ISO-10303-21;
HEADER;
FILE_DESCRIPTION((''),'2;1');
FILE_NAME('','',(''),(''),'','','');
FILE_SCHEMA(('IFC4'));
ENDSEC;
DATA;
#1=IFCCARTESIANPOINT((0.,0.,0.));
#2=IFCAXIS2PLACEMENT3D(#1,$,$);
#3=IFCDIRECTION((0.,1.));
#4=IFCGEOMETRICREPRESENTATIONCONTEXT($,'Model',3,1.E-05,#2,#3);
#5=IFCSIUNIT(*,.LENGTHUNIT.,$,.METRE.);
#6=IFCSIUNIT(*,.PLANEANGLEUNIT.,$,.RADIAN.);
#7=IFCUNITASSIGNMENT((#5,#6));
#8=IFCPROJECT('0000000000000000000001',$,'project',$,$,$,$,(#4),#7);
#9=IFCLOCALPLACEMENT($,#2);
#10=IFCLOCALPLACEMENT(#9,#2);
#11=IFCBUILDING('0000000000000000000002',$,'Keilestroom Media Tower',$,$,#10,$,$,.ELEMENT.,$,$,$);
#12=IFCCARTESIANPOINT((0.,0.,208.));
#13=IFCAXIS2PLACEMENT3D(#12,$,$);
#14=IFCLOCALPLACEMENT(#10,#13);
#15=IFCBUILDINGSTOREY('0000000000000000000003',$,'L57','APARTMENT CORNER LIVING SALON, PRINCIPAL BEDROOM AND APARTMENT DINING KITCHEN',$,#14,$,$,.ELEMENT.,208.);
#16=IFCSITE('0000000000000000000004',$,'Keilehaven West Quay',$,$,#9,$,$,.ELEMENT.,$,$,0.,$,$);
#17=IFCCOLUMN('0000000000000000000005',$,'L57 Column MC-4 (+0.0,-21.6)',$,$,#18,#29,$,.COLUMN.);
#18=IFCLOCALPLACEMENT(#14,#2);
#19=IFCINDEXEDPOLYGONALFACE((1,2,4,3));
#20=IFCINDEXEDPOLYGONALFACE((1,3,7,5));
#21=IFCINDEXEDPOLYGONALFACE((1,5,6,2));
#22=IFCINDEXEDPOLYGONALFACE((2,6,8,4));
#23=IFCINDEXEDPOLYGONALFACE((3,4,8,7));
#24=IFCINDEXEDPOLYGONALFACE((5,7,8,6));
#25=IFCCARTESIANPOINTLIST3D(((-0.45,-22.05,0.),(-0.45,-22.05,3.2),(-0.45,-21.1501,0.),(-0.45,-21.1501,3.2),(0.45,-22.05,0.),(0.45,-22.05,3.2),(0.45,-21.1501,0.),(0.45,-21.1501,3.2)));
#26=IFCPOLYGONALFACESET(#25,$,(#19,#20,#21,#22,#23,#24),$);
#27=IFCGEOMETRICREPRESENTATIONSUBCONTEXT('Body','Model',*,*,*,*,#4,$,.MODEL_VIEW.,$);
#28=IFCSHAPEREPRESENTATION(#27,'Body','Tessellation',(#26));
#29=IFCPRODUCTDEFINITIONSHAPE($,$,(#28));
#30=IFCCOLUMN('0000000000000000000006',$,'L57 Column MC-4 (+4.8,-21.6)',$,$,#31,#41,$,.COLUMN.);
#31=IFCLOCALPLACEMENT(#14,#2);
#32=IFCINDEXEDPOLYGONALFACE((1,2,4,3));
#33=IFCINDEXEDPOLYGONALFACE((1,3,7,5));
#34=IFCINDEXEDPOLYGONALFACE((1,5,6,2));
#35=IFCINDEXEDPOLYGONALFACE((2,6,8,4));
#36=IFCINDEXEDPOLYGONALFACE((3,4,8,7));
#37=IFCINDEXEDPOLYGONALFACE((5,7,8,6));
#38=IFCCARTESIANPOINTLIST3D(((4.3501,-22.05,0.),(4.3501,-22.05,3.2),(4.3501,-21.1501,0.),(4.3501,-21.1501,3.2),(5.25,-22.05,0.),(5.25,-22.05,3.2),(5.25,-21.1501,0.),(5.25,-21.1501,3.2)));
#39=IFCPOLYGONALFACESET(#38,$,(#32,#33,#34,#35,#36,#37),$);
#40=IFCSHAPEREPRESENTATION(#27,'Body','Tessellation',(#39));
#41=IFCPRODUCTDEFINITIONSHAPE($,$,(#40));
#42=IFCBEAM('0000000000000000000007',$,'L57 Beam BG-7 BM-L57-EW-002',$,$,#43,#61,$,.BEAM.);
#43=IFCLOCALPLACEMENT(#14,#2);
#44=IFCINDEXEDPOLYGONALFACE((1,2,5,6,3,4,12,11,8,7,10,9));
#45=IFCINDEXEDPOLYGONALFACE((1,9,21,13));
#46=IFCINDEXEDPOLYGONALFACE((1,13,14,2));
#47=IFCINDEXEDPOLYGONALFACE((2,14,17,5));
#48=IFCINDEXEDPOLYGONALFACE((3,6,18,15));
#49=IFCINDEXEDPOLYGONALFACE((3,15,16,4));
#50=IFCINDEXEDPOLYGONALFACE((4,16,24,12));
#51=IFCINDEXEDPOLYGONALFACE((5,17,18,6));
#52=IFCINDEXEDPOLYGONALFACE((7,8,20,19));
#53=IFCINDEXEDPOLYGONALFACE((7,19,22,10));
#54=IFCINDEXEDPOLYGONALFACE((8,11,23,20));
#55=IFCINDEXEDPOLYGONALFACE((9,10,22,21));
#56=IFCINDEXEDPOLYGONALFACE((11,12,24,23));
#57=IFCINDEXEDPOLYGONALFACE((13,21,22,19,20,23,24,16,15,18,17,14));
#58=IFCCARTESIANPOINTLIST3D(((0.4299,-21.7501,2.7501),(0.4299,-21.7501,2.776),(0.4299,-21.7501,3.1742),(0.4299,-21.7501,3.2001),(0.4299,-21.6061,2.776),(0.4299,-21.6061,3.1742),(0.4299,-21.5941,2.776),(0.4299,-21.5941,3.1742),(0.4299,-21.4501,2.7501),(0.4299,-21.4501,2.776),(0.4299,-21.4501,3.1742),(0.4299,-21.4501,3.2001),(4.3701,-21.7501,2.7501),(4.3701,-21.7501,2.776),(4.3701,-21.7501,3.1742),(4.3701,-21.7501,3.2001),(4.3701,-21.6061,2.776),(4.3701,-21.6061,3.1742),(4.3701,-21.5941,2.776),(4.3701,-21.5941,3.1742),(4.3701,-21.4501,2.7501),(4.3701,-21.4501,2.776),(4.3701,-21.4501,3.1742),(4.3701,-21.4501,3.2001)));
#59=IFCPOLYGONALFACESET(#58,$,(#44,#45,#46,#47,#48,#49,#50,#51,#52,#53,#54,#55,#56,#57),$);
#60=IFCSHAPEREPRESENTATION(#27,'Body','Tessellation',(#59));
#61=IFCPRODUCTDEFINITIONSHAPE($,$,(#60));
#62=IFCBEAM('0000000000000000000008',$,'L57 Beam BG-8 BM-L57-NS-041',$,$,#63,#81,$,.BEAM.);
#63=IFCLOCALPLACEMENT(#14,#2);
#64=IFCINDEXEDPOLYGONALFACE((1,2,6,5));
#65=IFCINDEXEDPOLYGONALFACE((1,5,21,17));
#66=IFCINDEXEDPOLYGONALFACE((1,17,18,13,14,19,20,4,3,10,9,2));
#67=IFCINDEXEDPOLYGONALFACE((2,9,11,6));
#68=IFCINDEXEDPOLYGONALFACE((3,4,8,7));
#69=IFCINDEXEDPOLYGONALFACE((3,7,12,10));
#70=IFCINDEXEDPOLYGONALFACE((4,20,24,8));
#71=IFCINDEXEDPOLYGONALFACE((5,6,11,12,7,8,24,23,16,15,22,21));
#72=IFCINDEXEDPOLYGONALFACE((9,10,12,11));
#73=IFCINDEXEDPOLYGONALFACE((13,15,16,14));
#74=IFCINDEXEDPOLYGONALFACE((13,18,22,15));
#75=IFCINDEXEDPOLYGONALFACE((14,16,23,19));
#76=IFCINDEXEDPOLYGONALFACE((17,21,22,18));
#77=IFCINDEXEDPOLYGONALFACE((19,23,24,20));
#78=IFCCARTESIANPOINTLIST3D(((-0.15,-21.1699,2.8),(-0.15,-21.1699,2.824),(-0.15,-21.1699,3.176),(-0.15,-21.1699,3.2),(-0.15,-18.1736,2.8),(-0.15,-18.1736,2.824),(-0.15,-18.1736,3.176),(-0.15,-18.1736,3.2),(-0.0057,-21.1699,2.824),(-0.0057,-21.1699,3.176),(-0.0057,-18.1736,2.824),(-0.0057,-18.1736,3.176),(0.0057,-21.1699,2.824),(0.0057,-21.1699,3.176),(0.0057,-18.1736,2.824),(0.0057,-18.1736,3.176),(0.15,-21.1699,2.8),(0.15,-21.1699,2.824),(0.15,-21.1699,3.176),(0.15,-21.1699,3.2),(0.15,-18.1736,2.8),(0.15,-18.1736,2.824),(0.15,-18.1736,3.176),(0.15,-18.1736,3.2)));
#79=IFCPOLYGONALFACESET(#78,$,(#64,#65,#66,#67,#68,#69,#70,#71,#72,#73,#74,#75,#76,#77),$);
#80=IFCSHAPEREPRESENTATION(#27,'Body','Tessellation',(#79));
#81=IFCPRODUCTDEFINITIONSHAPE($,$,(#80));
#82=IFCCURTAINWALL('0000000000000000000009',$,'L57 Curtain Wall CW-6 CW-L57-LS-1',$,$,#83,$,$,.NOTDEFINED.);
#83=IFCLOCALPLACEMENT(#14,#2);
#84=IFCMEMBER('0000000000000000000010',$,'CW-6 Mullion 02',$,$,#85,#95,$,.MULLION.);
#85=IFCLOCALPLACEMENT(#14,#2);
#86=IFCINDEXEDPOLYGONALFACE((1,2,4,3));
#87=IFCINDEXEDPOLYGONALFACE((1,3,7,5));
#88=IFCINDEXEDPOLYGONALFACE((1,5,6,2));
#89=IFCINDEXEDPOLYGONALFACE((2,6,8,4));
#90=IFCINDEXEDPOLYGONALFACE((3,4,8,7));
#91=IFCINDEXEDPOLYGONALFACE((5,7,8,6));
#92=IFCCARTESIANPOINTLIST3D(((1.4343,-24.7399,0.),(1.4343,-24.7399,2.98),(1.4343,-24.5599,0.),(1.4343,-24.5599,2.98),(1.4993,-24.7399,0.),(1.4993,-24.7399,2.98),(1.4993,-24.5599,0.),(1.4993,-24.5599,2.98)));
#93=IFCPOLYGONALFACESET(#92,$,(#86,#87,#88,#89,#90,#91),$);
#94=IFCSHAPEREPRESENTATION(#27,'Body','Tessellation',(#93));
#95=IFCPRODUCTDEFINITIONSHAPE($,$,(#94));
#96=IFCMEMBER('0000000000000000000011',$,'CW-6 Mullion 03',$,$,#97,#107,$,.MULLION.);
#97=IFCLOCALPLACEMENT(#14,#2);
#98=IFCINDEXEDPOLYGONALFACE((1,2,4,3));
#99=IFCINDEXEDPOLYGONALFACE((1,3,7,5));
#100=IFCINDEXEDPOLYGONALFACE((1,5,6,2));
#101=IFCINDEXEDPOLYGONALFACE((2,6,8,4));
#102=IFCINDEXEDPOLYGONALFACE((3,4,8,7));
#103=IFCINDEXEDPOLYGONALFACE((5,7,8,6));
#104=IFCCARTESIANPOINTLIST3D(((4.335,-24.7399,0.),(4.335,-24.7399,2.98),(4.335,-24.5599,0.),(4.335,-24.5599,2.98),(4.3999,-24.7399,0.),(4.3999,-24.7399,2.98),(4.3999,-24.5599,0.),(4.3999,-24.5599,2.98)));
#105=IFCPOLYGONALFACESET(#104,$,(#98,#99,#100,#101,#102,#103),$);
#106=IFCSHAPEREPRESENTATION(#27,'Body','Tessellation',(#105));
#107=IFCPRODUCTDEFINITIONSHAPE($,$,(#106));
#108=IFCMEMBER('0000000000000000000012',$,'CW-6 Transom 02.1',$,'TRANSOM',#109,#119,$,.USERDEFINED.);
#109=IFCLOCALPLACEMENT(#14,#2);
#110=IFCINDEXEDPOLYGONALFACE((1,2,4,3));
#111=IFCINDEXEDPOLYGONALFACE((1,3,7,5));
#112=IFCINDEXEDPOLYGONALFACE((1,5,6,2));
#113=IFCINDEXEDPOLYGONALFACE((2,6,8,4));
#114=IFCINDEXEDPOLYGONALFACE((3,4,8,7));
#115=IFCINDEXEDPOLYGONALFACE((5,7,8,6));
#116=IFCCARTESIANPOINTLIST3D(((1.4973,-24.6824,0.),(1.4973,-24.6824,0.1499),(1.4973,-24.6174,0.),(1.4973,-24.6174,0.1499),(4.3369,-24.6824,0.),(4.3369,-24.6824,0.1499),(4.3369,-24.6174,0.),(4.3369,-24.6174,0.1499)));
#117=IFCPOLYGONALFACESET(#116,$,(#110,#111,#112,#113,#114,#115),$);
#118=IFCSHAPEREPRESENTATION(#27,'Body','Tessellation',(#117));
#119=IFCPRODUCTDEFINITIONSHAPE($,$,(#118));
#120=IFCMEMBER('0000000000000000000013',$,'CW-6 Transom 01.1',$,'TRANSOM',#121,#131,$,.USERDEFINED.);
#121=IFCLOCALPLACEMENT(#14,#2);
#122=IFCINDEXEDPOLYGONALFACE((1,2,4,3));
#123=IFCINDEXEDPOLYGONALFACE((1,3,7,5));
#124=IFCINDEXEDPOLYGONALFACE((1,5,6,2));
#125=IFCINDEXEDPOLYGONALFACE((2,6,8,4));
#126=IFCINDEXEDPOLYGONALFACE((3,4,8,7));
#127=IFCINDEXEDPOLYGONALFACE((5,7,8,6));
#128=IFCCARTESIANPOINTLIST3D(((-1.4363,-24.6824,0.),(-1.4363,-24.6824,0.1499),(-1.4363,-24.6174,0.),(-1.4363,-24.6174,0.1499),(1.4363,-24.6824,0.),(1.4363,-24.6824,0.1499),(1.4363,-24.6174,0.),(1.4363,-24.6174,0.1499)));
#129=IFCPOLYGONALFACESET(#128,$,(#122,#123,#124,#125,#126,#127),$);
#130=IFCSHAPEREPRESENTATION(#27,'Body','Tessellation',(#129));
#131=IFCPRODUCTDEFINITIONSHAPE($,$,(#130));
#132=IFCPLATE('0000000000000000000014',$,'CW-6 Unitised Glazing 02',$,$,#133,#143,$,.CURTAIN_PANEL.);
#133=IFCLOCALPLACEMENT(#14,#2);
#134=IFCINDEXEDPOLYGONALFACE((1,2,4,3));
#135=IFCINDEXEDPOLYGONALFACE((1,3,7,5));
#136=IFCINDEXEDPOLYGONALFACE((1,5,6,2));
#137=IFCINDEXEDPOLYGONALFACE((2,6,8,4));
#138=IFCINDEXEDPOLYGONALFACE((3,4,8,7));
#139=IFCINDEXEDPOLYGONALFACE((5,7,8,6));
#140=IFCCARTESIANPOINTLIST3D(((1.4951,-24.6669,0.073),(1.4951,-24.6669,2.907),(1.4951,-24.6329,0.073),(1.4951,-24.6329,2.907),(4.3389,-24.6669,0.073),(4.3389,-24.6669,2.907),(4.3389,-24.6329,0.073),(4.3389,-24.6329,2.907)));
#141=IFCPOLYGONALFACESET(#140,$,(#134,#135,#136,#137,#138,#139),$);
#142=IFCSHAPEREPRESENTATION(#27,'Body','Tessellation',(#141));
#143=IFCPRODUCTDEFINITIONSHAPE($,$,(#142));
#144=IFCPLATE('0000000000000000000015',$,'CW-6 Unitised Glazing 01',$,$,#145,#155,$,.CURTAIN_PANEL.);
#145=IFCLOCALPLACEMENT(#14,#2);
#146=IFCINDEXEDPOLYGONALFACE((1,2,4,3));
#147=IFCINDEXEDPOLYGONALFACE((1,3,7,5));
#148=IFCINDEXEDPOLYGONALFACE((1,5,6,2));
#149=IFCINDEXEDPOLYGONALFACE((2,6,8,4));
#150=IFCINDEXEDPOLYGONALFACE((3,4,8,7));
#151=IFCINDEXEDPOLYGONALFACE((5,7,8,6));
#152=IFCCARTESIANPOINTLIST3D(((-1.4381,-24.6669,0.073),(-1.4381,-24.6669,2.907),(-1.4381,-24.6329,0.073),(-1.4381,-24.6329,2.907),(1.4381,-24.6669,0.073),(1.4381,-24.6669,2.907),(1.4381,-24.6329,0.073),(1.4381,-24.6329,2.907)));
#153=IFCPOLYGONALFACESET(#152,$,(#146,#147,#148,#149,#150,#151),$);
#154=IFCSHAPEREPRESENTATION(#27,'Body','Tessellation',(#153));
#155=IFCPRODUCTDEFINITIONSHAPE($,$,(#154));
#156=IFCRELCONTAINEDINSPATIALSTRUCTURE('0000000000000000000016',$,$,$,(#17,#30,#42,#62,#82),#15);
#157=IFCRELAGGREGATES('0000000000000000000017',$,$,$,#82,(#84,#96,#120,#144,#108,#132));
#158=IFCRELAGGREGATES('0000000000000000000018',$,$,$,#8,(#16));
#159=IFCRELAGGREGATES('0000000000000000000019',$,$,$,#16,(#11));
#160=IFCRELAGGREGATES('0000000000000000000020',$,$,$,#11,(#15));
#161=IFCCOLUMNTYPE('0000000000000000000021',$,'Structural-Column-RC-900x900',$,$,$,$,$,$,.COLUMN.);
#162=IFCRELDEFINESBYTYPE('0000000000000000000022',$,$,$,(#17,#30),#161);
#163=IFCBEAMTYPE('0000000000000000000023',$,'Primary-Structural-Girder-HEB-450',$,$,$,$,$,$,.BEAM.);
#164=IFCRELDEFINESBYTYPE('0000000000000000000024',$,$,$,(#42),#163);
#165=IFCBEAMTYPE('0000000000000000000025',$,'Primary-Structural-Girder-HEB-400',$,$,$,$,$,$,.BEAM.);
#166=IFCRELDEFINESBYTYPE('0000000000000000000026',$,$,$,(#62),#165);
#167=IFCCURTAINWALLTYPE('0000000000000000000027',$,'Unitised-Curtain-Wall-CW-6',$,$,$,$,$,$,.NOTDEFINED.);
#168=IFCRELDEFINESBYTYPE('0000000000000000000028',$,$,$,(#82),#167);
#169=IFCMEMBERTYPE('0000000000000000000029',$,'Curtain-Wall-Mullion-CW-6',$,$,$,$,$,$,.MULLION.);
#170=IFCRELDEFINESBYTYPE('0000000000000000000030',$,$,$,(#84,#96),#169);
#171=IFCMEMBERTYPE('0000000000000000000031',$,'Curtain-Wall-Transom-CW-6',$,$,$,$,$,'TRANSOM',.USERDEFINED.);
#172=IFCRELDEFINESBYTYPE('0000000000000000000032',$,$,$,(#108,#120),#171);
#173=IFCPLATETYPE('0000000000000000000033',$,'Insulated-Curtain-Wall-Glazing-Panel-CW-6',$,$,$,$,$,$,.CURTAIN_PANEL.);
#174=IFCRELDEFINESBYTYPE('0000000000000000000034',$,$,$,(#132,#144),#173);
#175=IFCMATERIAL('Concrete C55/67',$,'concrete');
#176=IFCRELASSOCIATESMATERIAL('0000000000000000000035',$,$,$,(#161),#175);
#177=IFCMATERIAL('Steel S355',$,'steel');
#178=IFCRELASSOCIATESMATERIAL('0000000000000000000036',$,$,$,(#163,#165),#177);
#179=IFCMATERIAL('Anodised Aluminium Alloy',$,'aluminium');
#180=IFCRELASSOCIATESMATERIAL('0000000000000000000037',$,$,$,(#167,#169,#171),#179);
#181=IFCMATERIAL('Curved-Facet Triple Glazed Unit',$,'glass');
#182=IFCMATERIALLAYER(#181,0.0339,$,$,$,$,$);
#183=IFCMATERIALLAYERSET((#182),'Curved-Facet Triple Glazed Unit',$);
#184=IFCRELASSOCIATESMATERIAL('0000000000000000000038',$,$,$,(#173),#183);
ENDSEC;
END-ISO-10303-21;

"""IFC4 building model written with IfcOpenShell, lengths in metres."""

from ifc_helpers import new_model, si_unit, direction, frame, origin, origin_2d, place, context, subcontext, project, spatial, rectangle, i_section, extrude, source, transform, mapped, material, layer, layer_set, material_profile, profile_set, type_object, element, aggregate, save


model = new_model("IFC4")

# Units and contexts
model_context = context("Model", 3, precision=1e-05, world=origin(), true_north=direction((0.0, 1.0)))
body_context = subcontext(model_context, "Body", "Model", "MODEL_VIEW")
ifc_project = project(units=[si_unit("LENGTHUNIT", "METRE"), si_unit("PLANEANGLEUNIT", "RADIAN")], contexts=[model_context])

# Site, building, storey
site_placement = place(None, origin())
site = spatial("IfcSite", under=ifc_project, at=site_placement, Name="Keilehaven West Quay", CompositionType="ELEMENT", RefElevation=0.0)
building_placement = place(site_placement, origin())
building = spatial("IfcBuilding", under=site, at=building_placement, Name="Keilestroom Media Tower", CompositionType="ELEMENT")
storey_placement = place(building_placement, frame((0.0, 0.0, 208.0)))
storey = spatial("IfcBuildingStorey", under=building, at=storey_placement, Name="L57", Description="APARTMENT CORNER LIVING SALON, PRINCIPAL BEDROOM AND APARTMENT DINING KITCHEN", CompositionType="ELEMENT", Elevation=208.0)

# Columns
ifc_material_1 = material(Name="Concrete C55/67", Category="concrete")
ifc_material_profile_1 = material_profile(ifc_material_1, rectangle(XDim=0.8999, YDim=0.8999, at=origin_2d()), Name="RC 900x900")
ifc_profile_set_1 = profile_set([ifc_material_profile_1], Name="Concrete C55/67")
column_type = type_object("IfcColumnType", Name="Structural-Column-RC-900x900", PredefinedType="COLUMN", material=ifc_profile_set_1)
shared_shape_1 = source(origin(), body_context, "Body", "SweptSolid", [
    extrude(rectangle(XDim=0.8999, YDim=0.8999, at=origin_2d()), origin(), (0.0, 0.0, 1.0), 3.2),
])
for number, where, z_axis, x_axis, name in (
    (1, (0.0, -21.6001, 0.0), (0.0, 0.0, 1.0), (1.0, 0.0, 0.0), "L57 Column MC-4 (+0.0,-21.6)"),
    (2, (4.8, -21.6001, 0.0), (0.0, 0.0, 1.0), (1.0, 0.0, 0.0), "L57 Column MC-4 (+4.8,-21.6)"),
):
    element("IfcColumn", number, at=place(storey_placement, frame(where, z_axis=z_axis, x_axis=x_axis)), inside=storey, type_object=column_type, Name=name, PredefinedType="COLUMN", context=body_context, shape_type="MappedRepresentation", body=[
        mapped(shared_shape_1, transform((0.0, 0.0, 0.0), x_axis=(1.0, 0.0, 0.0), y_axis=(0.0, 1.0, 0.0), z_axis=(0.0, 0.0, 1.0), scale=1.0)),
    ])

# Beams
ifc_material_2 = material(Name="Steel S355", Category="steel")
ifc_material_profile_2 = material_profile(ifc_material_2, i_section(OverallWidth=0.3, OverallDepth=0.45, WebThickness=0.012, FlangeThickness=0.0259, at=origin_2d()), Name="HEB 450")
ifc_profile_set_2 = profile_set([ifc_material_profile_2], Name="Steel S355")
beam_type_1 = type_object("IfcBeamType", Name="Primary-Structural-Girder-HEB-450", PredefinedType="BEAM", material=ifc_profile_set_2)
shared_shape_2 = source(origin(), body_context, "Body", "SweptSolid", [
    extrude(i_section(OverallWidth=0.3, OverallDepth=0.45, WebThickness=0.012, FlangeThickness=0.0259, at=origin_2d()), origin(), (0.0, 0.0, 1.0), 3.9402),
])
beam_1_placement = place(storey_placement, frame((0.4299, -21.6001, 2.9751), z_axis=(1.0, 0.0, 0.0), x_axis=(0.0, 1.0, 0.0)))
element("IfcBeam", 3, at=beam_1_placement, inside=storey, type_object=beam_type_1, Name="L57 Beam BG-7 BM-L57-EW-002", PredefinedType="BEAM", context=body_context, shape_type="MappedRepresentation", body=[
    mapped(shared_shape_2, transform((0.0, 0.0, 0.0), x_axis=(1.0, 0.0, 0.0), y_axis=(0.0, 1.0, 0.0), z_axis=(0.0, 0.0, 1.0), scale=1.0)),
])
ifc_material_profile_3 = material_profile(ifc_material_2, i_section(OverallWidth=0.3, OverallDepth=0.3999, WebThickness=0.0115, FlangeThickness=0.0239, at=origin_2d()), Name="HEB 400")
ifc_profile_set_3 = profile_set([ifc_material_profile_3], Name="Steel S355")
beam_type_2 = type_object("IfcBeamType", Name="Primary-Structural-Girder-HEB-400", PredefinedType="BEAM", material=ifc_profile_set_3)
shared_shape_3 = source(origin(), body_context, "Body", "SweptSolid", [
    extrude(i_section(OverallWidth=0.3, OverallDepth=0.3999, WebThickness=0.0115, FlangeThickness=0.0239, at=origin_2d()), origin(), (0.0, 0.0, 1.0), 2.9963),
])
beam_2_placement = place(storey_placement, frame((0.0, -21.1699, 3.0), z_axis=(0.0, 1.0, 0.0), x_axis=(-1.0, 0.0, 0.0)))
element("IfcBeam", 4, at=beam_2_placement, inside=storey, type_object=beam_type_2, Name="L57 Beam BG-8 BM-L57-NS-041", PredefinedType="BEAM", context=body_context, shape_type="MappedRepresentation", body=[
    mapped(shared_shape_3, transform((0.0, 0.0, 0.0), x_axis=(1.0, 0.0, 0.0), y_axis=(0.0, 1.0, 0.0), z_axis=(0.0, 0.0, 1.0), scale=1.0)),
])

# Curtain wall, members, plates
ifc_material_3 = material(Name="Anodised Aluminium Alloy", Category="aluminium")
curtain_wall_type = type_object("IfcCurtainWallType", Name="Unitised-Curtain-Wall-CW-6", PredefinedType="NOTDEFINED", material=ifc_material_3)
curtain_wall_placement = place(storey_placement, origin())
curtain_wall = element("IfcCurtainWall", 5, at=curtain_wall_placement, inside=storey, type_object=curtain_wall_type, Name="L57 Curtain Wall CW-6 CW-L57-LS-1", PredefinedType="NOTDEFINED")
ifc_material_profile_4 = material_profile(ifc_material_3, rectangle(XDim=0.0649, YDim=0.1799, at=origin_2d()), Name="ALU MULLION 65x180")
ifc_profile_set_4 = profile_set([ifc_material_profile_4], Name="Anodised Aluminium Alloy")
member_type_1 = type_object("IfcMemberType", Name="Curtain-Wall-Mullion-CW-6", PredefinedType="MULLION", material=ifc_profile_set_4)
shared_shape_4 = source(origin(), body_context, "Body", "SweptSolid", [
    extrude(rectangle(XDim=0.0649, YDim=0.1799, at=origin_2d()), origin(), (0.0, 0.0, 1.0), 2.98),
])
member_1_placement = place(storey_placement, frame((1.4668, -24.6499, 0.0), z_axis=(0.0, 0.0, 1.0), x_axis=(1.0, 0.0, 0.0)))
member_1 = element("IfcMember", 6, at=member_1_placement, type_object=member_type_1, Name="CW-6 Mullion 02", PredefinedType="MULLION", context=body_context, shape_type="MappedRepresentation", body=[
    mapped(shared_shape_4, transform((0.0, 0.0, 0.0), x_axis=(1.0, 0.0, 0.0), y_axis=(0.0, 1.0, 0.0), z_axis=(0.0, 0.0, 1.0), scale=1.0)),
])
member_2_placement = place(storey_placement, frame((4.3674, -24.6499, 0.0), z_axis=(0.0, 0.0, 1.0), x_axis=(1.0, 0.0, 0.0)))
member_2 = element("IfcMember", 7, at=member_2_placement, type_object=member_type_1, Name="CW-6 Mullion 03", PredefinedType="MULLION", context=body_context, shape_type="MappedRepresentation", body=[
    mapped(shared_shape_4, transform((0.0, 0.0, 0.0), x_axis=(1.0, 0.0, 0.0), y_axis=(0.0, 1.0, 0.0), z_axis=(0.0, 0.0, 1.0), scale=1.0)),
])
ifc_material_profile_5 = material_profile(ifc_material_3, rectangle(XDim=0.0649, YDim=0.1499, at=origin_2d()), Name="ALU TRANSOM 65x150")
ifc_profile_set_5 = profile_set([ifc_material_profile_5], Name="Anodised Aluminium Alloy")
member_type_2 = type_object("IfcMemberType", Name="Curtain-Wall-Transom-CW-6", ElementType="TRANSOM", PredefinedType="USERDEFINED", material=ifc_profile_set_5)
shared_shape_5 = source(origin(), body_context, "Body", "SweptSolid", [
    extrude(rectangle(XDim=0.0649, YDim=0.1499, at=origin_2d()), origin(), (0.0, 0.0, 1.0), 2.8396),
])
member_3_placement = place(storey_placement, frame((1.4973, -24.6499, 0.075), z_axis=(1.0, 0.0, 0.0), x_axis=(0.0, 1.0, 0.0)))
member_3 = element("IfcMember", 8, at=member_3_placement, type_object=member_type_2, Name="CW-6 Transom 02.1", ObjectType="TRANSOM", PredefinedType="USERDEFINED", context=body_context, shape_type="MappedRepresentation", body=[
    mapped(shared_shape_5, transform((0.0, 0.0, 0.0), x_axis=(1.0, 0.0, 0.0), y_axis=(0.0, 1.0, 0.0), z_axis=(0.0, 0.0, 1.0), scale=1.0)),
])
shared_shape_6 = source(origin(), body_context, "Body", "SweptSolid", [
    extrude(rectangle(XDim=0.0649, YDim=0.1499, at=origin_2d()), origin(), (0.0, 0.0, 1.0), 2.8726),
])
member_4_placement = place(storey_placement, frame((-1.4363, -24.6499, 0.075), z_axis=(1.0, 0.0, 0.0), x_axis=(0.0, 1.0, 0.0)))
member_4 = element("IfcMember", 9, at=member_4_placement, type_object=member_type_2, Name="CW-6 Transom 01.1", ObjectType="TRANSOM", PredefinedType="USERDEFINED", context=body_context, shape_type="MappedRepresentation", body=[
    mapped(shared_shape_6, transform((0.0, 0.0, 0.0), x_axis=(1.0, 0.0, 0.0), y_axis=(0.0, 1.0, 0.0), z_axis=(0.0, 0.0, 1.0), scale=1.0)),
])
ifc_material_4 = material(Name="Curved-Facet Triple Glazed Unit", Category="glass")
ifc_layer_1 = layer(ifc_material_4, 0.0339)
ifc_layer_set_1 = layer_set([ifc_layer_1], Name="Curved-Facet Triple Glazed Unit")
plate_type = type_object("IfcPlateType", Name="Insulated-Curtain-Wall-Glazing-Panel-CW-6", PredefinedType="CURTAIN_PANEL", material=ifc_layer_set_1)
shared_shape_7 = source(origin(), body_context, "Body", "SweptSolid", [
    extrude(rectangle(XDim=2.8438, YDim=0.0339, at=origin_2d()), origin(), (0.0, 0.0, 1.0), 2.834),
])
plate_1_placement = place(storey_placement, frame((2.917, -24.6499, 0.073), z_axis=(0.0, 0.0, 1.0), x_axis=(1.0, 0.0, 0.0)))
plate_1 = element("IfcPlate", 10, at=plate_1_placement, type_object=plate_type, Name="CW-6 Unitised Glazing 02", PredefinedType="CURTAIN_PANEL", context=body_context, shape_type="MappedRepresentation", body=[
    mapped(shared_shape_7, transform((0.0, 0.0, 0.0), x_axis=(1.0, 0.0, 0.0), y_axis=(0.0, 1.0, 0.0), z_axis=(0.0, 0.0, 1.0), scale=1.0)),
])
shared_shape_8 = source(origin(), body_context, "Body", "SweptSolid", [
    extrude(rectangle(XDim=2.8762, YDim=0.0339, at=origin_2d()), origin(), (0.0, 0.0, 1.0), 2.834),
])
plate_2_placement = place(storey_placement, frame((0.0, -24.6499, 0.073), z_axis=(0.0, 0.0, 1.0), x_axis=(1.0, 0.0, 0.0)))
plate_2 = element("IfcPlate", 11, at=plate_2_placement, type_object=plate_type, Name="CW-6 Unitised Glazing 01", PredefinedType="CURTAIN_PANEL", context=body_context, shape_type="MappedRepresentation", body=[
    mapped(shared_shape_8, transform((0.0, 0.0, 0.0), x_axis=(1.0, 0.0, 0.0), y_axis=(0.0, 1.0, 0.0), z_axis=(0.0, 0.0, 1.0), scale=1.0)),
])
aggregate(curtain_wall, [member_1, member_2, member_4, plate_2, member_3, plate_1])

save(model, "model.ifc")
